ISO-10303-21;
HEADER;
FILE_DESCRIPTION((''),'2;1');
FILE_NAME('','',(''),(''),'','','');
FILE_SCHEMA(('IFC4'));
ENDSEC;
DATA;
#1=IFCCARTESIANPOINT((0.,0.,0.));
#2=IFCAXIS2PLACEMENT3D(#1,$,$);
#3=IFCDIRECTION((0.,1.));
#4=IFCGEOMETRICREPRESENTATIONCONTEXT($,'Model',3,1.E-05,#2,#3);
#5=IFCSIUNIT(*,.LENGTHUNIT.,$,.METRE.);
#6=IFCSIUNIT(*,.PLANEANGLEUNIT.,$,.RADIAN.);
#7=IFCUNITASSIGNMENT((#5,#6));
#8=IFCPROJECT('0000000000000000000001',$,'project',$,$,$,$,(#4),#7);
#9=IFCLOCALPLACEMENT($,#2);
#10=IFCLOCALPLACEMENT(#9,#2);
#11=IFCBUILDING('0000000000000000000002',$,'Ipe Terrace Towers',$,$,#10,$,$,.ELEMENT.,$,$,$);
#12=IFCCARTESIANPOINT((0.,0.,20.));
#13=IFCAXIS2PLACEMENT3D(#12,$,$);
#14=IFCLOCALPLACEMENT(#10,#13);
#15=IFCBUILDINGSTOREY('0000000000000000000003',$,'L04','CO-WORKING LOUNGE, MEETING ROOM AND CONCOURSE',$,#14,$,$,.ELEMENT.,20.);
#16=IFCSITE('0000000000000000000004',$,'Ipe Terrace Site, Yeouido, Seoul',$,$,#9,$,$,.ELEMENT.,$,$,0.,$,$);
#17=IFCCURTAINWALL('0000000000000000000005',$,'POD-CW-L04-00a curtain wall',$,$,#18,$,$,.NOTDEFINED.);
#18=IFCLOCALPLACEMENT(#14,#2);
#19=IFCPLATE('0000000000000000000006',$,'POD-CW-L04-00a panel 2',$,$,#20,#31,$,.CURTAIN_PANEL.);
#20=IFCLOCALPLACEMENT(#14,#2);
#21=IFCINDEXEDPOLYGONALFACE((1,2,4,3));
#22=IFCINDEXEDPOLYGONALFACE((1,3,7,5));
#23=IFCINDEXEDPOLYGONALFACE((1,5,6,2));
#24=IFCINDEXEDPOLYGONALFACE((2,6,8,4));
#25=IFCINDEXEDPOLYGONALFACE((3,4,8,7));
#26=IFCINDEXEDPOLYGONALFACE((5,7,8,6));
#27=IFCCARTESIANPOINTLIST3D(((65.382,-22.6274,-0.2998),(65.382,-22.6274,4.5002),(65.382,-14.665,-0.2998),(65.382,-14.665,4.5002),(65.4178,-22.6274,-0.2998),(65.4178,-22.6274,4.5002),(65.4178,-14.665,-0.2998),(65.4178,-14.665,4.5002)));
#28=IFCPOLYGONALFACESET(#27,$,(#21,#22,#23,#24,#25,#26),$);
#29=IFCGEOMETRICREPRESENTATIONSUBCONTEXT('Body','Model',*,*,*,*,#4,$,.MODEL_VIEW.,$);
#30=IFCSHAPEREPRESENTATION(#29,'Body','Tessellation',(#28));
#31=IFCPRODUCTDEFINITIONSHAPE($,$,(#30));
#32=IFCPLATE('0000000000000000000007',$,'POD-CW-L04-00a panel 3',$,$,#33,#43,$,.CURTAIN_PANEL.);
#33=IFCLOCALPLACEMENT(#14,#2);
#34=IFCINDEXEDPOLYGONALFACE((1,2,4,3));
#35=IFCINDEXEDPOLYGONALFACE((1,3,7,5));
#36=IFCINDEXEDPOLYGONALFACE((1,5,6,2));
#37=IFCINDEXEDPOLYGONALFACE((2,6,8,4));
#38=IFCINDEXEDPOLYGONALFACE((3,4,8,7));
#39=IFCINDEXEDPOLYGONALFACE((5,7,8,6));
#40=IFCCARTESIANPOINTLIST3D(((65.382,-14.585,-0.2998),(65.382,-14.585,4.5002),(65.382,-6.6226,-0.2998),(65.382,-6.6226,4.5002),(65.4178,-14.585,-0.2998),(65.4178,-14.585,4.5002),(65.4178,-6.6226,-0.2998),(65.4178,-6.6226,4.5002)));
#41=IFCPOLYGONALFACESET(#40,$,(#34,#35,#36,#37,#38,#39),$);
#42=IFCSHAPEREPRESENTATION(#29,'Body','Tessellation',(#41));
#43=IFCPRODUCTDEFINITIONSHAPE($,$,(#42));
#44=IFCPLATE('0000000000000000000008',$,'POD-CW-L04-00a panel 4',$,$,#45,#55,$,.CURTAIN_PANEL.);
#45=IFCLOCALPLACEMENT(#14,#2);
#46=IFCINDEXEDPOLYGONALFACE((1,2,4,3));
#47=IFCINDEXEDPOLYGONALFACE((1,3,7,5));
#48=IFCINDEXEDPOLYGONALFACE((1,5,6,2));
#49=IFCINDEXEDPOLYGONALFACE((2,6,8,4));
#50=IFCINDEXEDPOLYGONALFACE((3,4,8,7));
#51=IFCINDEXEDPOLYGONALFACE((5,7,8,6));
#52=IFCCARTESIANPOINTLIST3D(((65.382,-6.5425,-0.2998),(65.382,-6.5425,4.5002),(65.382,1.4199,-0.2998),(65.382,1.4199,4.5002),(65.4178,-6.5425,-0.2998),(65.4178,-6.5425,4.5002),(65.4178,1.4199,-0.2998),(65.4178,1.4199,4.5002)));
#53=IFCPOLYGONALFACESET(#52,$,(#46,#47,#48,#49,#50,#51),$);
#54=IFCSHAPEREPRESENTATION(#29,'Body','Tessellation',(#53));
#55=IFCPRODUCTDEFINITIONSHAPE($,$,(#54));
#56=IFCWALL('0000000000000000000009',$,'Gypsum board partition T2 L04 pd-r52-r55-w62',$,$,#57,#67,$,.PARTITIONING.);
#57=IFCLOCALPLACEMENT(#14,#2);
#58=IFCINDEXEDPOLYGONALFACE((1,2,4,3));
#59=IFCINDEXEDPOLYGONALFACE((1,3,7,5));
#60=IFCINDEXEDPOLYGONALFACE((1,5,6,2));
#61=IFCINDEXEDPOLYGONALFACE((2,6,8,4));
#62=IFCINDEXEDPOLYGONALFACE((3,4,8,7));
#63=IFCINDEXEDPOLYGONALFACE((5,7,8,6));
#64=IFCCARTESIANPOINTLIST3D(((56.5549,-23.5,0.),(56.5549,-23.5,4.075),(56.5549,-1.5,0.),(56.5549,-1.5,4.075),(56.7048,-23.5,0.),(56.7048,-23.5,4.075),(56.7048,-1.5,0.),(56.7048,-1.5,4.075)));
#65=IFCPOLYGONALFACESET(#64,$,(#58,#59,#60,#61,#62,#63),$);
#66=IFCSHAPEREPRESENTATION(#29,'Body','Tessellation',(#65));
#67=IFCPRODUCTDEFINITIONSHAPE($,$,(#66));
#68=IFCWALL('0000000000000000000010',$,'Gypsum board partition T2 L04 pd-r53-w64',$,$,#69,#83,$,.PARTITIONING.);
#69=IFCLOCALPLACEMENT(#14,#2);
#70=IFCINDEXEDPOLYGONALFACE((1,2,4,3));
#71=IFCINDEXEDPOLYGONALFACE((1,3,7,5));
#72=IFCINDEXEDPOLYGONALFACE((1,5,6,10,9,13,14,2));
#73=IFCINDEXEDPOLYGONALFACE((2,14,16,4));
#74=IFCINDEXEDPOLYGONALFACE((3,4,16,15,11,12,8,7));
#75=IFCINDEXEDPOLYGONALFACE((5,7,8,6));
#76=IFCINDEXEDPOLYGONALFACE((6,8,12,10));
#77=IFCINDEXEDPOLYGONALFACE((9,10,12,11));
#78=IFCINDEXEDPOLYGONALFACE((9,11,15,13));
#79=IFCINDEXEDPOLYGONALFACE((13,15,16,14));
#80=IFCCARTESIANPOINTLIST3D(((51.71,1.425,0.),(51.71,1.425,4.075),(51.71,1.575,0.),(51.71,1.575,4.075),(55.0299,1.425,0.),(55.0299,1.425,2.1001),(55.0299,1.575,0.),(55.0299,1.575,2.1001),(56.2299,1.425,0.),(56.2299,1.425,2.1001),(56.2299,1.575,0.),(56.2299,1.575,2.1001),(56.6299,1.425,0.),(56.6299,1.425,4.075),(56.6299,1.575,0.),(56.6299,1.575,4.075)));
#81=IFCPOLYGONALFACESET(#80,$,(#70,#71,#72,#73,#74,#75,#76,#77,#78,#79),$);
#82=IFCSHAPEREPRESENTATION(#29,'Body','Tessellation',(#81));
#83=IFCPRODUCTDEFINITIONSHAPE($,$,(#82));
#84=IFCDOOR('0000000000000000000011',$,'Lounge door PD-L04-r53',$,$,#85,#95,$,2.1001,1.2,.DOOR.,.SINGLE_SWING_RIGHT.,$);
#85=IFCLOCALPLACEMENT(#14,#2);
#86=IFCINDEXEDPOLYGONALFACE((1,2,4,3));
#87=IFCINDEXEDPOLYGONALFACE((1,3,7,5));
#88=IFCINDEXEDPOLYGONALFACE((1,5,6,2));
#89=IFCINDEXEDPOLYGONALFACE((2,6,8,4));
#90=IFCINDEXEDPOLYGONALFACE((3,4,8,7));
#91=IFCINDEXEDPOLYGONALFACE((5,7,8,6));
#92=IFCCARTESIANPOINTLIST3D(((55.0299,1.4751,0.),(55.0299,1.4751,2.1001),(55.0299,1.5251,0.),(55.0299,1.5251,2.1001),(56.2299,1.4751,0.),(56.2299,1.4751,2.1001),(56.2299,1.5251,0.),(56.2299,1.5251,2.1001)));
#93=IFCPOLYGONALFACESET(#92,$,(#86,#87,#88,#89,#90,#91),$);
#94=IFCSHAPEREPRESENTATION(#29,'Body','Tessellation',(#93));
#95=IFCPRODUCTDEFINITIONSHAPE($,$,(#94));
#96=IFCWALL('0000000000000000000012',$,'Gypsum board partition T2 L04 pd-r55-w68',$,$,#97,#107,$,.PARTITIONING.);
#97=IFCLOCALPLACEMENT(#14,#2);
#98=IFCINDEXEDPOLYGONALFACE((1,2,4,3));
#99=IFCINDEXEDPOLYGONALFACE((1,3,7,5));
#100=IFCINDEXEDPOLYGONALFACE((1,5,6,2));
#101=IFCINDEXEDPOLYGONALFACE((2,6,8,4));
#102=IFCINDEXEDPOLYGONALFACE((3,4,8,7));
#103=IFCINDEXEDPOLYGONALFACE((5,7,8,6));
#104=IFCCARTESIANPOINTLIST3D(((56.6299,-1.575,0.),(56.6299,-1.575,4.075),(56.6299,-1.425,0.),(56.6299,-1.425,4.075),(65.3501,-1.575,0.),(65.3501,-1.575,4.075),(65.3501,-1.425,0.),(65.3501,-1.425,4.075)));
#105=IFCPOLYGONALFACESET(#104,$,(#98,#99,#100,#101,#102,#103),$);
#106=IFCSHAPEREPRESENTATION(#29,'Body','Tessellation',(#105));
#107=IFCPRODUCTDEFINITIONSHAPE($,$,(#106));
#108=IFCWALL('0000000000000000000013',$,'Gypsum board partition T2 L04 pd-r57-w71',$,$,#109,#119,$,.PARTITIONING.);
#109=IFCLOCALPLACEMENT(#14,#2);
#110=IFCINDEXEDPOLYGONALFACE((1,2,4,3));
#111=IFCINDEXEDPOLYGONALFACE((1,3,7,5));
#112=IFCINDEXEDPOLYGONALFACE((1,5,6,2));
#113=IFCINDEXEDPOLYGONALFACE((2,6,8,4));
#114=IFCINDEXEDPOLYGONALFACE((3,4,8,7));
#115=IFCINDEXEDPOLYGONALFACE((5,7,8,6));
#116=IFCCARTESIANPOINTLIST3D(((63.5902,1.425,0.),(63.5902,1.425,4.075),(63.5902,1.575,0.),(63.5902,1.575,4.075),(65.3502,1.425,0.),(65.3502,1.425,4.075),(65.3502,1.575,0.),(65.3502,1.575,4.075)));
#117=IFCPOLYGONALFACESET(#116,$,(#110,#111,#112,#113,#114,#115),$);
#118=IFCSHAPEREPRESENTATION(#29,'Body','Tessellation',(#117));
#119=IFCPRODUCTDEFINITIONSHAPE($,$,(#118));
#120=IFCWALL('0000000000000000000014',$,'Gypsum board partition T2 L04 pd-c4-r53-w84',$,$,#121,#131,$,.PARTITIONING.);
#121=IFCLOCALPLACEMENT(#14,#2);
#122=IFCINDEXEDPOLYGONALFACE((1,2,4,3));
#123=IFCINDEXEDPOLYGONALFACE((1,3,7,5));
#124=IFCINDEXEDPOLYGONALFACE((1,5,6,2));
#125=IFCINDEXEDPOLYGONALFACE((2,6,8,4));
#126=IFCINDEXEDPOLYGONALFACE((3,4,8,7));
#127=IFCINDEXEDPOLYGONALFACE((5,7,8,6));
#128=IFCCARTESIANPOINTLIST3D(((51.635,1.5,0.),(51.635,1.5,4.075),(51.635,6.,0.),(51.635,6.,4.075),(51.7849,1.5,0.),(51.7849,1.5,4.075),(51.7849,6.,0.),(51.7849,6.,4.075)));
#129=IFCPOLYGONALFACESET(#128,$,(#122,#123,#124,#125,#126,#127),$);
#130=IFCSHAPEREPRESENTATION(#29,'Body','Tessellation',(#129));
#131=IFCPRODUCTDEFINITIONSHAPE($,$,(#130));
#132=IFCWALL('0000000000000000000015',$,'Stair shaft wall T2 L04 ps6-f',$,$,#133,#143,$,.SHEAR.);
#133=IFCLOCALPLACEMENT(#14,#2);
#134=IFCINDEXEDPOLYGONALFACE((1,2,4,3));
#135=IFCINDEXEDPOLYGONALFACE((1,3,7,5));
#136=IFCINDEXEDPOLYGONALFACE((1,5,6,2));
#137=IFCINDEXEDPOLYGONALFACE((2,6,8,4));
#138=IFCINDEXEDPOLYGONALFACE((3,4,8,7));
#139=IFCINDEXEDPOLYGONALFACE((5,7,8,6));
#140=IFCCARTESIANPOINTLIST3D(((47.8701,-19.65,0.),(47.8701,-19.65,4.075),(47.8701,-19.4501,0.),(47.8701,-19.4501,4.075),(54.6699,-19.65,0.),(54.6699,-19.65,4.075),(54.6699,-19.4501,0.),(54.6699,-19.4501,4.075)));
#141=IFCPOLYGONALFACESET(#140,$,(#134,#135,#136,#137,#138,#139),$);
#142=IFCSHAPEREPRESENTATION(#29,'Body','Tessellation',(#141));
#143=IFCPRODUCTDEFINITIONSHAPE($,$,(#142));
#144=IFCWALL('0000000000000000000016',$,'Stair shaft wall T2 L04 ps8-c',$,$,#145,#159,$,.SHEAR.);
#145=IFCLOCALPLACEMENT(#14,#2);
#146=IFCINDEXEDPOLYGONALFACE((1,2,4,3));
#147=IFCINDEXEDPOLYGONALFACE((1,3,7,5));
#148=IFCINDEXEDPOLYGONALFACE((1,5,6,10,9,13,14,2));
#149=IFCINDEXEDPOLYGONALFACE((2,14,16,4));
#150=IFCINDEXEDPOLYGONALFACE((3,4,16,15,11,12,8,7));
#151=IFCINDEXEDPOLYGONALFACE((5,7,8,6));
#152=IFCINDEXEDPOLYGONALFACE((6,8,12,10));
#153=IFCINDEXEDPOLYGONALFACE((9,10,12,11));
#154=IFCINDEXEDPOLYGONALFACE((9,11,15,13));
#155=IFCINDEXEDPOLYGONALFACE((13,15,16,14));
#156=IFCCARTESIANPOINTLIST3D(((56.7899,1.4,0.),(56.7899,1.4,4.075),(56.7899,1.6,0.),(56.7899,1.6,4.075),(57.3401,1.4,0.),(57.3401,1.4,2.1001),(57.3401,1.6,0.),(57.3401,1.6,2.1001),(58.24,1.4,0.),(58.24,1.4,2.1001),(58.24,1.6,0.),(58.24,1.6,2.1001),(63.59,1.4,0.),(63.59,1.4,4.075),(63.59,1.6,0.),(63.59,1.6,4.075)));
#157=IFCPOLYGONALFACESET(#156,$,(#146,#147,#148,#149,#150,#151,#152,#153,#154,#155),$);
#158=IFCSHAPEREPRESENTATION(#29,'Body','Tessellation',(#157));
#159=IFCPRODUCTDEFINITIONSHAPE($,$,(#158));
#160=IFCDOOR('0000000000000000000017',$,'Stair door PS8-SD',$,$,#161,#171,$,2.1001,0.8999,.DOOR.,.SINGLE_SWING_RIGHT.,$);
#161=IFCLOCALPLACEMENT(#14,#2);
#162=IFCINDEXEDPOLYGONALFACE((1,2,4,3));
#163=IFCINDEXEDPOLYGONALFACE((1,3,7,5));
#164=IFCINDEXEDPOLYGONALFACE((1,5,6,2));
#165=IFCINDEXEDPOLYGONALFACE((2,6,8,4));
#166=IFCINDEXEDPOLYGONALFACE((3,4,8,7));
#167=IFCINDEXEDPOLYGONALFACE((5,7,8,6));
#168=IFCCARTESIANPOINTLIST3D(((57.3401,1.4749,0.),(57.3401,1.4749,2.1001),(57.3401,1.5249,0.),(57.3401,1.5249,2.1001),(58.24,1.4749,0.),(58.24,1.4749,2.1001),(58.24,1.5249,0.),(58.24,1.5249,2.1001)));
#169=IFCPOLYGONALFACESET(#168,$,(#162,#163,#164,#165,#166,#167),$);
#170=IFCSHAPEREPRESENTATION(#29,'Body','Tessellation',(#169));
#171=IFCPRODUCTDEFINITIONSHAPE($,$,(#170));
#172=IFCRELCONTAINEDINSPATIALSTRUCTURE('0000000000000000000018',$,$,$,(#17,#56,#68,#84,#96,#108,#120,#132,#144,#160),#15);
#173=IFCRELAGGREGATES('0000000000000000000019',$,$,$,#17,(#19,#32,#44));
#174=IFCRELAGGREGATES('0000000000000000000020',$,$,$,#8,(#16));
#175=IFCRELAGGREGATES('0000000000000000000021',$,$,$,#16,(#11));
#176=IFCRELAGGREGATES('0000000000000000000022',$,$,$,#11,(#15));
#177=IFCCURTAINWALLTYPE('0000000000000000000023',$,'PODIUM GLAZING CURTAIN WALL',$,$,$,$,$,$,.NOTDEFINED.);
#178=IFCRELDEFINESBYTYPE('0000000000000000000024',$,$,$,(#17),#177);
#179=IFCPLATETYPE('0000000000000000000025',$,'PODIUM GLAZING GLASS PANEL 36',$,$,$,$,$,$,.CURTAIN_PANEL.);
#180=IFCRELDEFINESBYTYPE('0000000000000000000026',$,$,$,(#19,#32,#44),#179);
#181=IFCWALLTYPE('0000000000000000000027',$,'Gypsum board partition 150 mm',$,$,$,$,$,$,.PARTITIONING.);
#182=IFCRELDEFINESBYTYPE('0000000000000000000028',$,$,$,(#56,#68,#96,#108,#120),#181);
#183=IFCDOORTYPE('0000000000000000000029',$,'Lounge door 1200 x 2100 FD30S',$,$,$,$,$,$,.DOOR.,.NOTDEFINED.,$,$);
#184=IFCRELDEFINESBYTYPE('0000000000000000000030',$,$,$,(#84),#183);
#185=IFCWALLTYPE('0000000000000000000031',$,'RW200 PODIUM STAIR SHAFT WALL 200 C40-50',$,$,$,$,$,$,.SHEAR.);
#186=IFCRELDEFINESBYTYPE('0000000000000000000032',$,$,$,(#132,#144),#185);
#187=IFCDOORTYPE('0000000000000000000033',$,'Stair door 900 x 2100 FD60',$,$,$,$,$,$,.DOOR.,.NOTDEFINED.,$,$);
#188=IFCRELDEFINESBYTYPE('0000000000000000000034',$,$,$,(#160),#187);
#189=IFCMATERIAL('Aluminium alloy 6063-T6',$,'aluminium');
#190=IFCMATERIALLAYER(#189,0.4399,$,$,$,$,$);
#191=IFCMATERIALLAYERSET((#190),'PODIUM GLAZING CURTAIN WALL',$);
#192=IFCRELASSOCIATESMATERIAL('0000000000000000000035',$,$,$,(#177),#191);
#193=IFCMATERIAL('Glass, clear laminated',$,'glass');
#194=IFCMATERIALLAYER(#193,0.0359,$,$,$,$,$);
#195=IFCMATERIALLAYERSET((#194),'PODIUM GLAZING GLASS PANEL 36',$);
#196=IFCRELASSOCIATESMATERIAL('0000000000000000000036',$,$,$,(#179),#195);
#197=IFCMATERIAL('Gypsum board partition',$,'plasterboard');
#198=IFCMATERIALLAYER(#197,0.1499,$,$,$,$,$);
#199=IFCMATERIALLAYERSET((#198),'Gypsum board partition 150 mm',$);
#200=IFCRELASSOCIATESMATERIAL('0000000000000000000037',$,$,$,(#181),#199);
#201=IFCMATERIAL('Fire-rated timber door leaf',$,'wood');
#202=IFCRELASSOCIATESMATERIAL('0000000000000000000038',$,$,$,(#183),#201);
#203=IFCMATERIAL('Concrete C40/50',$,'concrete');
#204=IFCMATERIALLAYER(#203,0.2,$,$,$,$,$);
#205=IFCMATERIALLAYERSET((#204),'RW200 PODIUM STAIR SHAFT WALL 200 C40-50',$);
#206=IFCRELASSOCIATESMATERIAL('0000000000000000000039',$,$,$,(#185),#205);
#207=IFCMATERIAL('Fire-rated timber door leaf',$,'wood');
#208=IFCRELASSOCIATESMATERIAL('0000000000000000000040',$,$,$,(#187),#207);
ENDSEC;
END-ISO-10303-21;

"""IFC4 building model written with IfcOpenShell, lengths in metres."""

from ifc_helpers import new_model, si_unit, direction, frame, frame_2d, origin, origin_2d, place, context, subcontext, project, spatial, rectangle, extrude, material, layer, layer_set, type_object, element, fill, aggregate, save


model = new_model("IFC4")

# Units and contexts
model_context = context("Model", 3, precision=1e-05, world=origin(), true_north=direction((0.0, 1.0)))
body_context = subcontext(model_context, "Body", "Model", "MODEL_VIEW")
ifc_project = project(units=[si_unit("LENGTHUNIT", "METRE"), si_unit("PLANEANGLEUNIT", "RADIAN")], contexts=[model_context])

# Site, building, storey
site_placement = place(None, origin())
site = spatial("IfcSite", under=ifc_project, at=site_placement, Name="Ipe Terrace Site, Yeouido, Seoul", CompositionType="ELEMENT", RefElevation=0.0)
building_placement = place(site_placement, origin())
building = spatial("IfcBuilding", under=site, at=building_placement, Name="Ipe Terrace Towers", CompositionType="ELEMENT")
storey_placement = place(building_placement, frame((0.0, 0.0, 20.0)))
storey = spatial("IfcBuildingStorey", under=building, at=storey_placement, Name="L04", Description="CO-WORKING LOUNGE, MEETING ROOM AND CONCOURSE", CompositionType="ELEMENT", Elevation=20.0)

# Curtain wall, plates
ifc_material_1 = material(Name="Aluminium alloy 6063-T6", Category="aluminium")
ifc_layer_1 = layer(ifc_material_1, 0.4399)
ifc_layer_set_1 = layer_set([ifc_layer_1], Name="PODIUM GLAZING CURTAIN WALL")
curtain_wall_type = type_object("IfcCurtainWallType", Name="PODIUM GLAZING CURTAIN WALL", PredefinedType="NOTDEFINED", material=ifc_layer_set_1)
curtain_wall_placement = place(storey_placement, origin())
curtain_wall = element("IfcCurtainWall", 1, at=curtain_wall_placement, inside=storey, type_object=curtain_wall_type, Name="POD-CW-L04-00a curtain wall", PredefinedType="NOTDEFINED")
ifc_material_2 = material(Name="Glass, clear laminated", Category="glass")
ifc_layer_2 = layer(ifc_material_2, 0.0359)
ifc_layer_set_2 = layer_set([ifc_layer_2], Name="PODIUM GLAZING GLASS PANEL 36")
plate_type = type_object("IfcPlateType", Name="PODIUM GLAZING GLASS PANEL 36", PredefinedType="CURTAIN_PANEL", material=ifc_layer_set_2)
plate_1_placement = place(storey_placement, frame((65.3999, -18.6462, -0.2998), z_axis=(0.0, 0.0, 1.0), x_axis=(0.0, 1.0, 0.0)))
plate_1 = element("IfcPlate", 2, at=plate_1_placement, type_object=plate_type, Name="POD-CW-L04-00a panel 2", PredefinedType="CURTAIN_PANEL", context=body_context, shape_type="SweptSolid", body=[
    extrude(rectangle(XDim=7.9624, YDim=0.0359, at=origin_2d()), origin(), (0.0, 0.0, 1.0), 4.8),
])
plate_2_placement = place(storey_placement, frame((65.3999, -10.6038, -0.2998), z_axis=(0.0, 0.0, 1.0), x_axis=(0.0, 1.0, 0.0)))
plate_2 = element("IfcPlate", 3, at=plate_2_placement, type_object=plate_type, Name="POD-CW-L04-00a panel 3", PredefinedType="CURTAIN_PANEL", context=body_context, shape_type="SweptSolid", body=[
    extrude(rectangle(XDim=7.9624, YDim=0.0359, at=origin_2d()), origin(), (0.0, 0.0, 1.0), 4.8),
])
plate_3_placement = place(storey_placement, frame((65.3999, -2.5613, -0.2998), z_axis=(0.0, 0.0, 1.0), x_axis=(0.0, 1.0, 0.0)))
plate_3 = element("IfcPlate", 4, at=plate_3_placement, type_object=plate_type, Name="POD-CW-L04-00a panel 4", PredefinedType="CURTAIN_PANEL", context=body_context, shape_type="SweptSolid", body=[
    extrude(rectangle(XDim=7.9624, YDim=0.0359, at=origin_2d()), origin(), (0.0, 0.0, 1.0), 4.8),
])
aggregate(curtain_wall, [plate_1, plate_2, plate_3])

# Wall
ifc_material_3 = material(Name="Gypsum board partition", Category="plasterboard")
ifc_layer_3 = layer(ifc_material_3, 0.1499)
ifc_layer_set_3 = layer_set([ifc_layer_3], Name="Gypsum board partition 150 mm")
wall_type_1 = type_object("IfcWallType", Name="Gypsum board partition 150 mm", PredefinedType="PARTITIONING", material=ifc_layer_set_3)
wall_1_placement = place(storey_placement, frame((56.6299, -1.5, 0.0), z_axis=(0.0, 0.0, 1.0), x_axis=(0.0, -1.0, 0.0)))
element("IfcWall", 5, at=wall_1_placement, inside=storey, type_object=wall_type_1, Name="Gypsum board partition T2 L04 pd-r52-r55-w62", PredefinedType="PARTITIONING", context=body_context, shape_type="SweptSolid", body=[
    extrude(rectangle(XDim=22.0, YDim=0.1499, at=frame_2d((11.0, 0.0))), origin(), (0.0, 0.0, 1.0), 4.075),
])

# Wall, opening, door
wall_2_placement = place(storey_placement, frame((56.6299, 1.5, 0.0), z_axis=(0.0, 0.0, 1.0), x_axis=(-1.0, 0.0, 0.0)))
wall_2 = element("IfcWall", 6, at=wall_2_placement, inside=storey, type_object=wall_type_1, Name="Gypsum board partition T2 L04 pd-r53-w64", PredefinedType="PARTITIONING", context=body_context, shape_type="SweptSolid", body=[
    extrude(rectangle(XDim=4.9199, YDim=0.1499, at=frame_2d((2.46, 0.0))), origin(), (0.0, 0.0, 1.0), 4.075),
])
opening_1_placement = place(wall_2_placement, frame((0.3999, 0.0, 0.0)))
opening_1 = element("IfcOpeningElement", 7, at=opening_1_placement, cuts=wall_2, PredefinedType="OPENING", context=body_context, shape_type="SweptSolid", body=[
    extrude(rectangle(XDim=1.2, YDim=2.1001, at=frame_2d((0.6001, 1.05))), frame((0.0, 0.085, 0.0), z_axis=(0.0, -1.0, 0.0), x_axis=(1.0, 0.0, 0.0)), (0.0, 0.0, 1.0), 0.1699),
])
ifc_material_4 = material(Name="Fire-rated timber door leaf", Category="wood")
door_type_1 = type_object("IfcDoorType", Name="Lounge door 1200 x 2100 FD30S", OperationType="NOTDEFINED", PredefinedType="DOOR", material=ifc_material_4)
door_1_placement = place(opening_1_placement, origin())
door_1 = element("IfcDoor", 8, at=door_1_placement, inside=storey, type_object=door_type_1, Name="Lounge door PD-L04-r53", OperationType="SINGLE_SWING_RIGHT", OverallHeight=2.1001, OverallWidth=1.2, PredefinedType="DOOR", context=body_context, shape_type="SweptSolid", body=[
    extrude(rectangle(XDim=1.2, YDim=2.1001, at=frame_2d((0.6001, 1.05))), frame((0.0, 0.0249, 0.0), z_axis=(0.0, -1.0, 0.0), x_axis=(1.0, 0.0, 0.0)), (0.0, 0.0, 1.0), 0.05),
])
fill(opening_1, door_1)

# Walls
wall_3_placement = place(storey_placement, frame((56.6299, -1.5, 0.0), z_axis=(0.0, 0.0, 1.0), x_axis=(1.0, 0.0, 0.0)))
element("IfcWall", 9, at=wall_3_placement, inside=storey, type_object=wall_type_1, Name="Gypsum board partition T2 L04 pd-r55-w68", PredefinedType="PARTITIONING", context=body_context, shape_type="SweptSolid", body=[
    extrude(rectangle(XDim=8.7202, YDim=0.1499, at=frame_2d((4.3601, 0.0))), origin(), (0.0, 0.0, 1.0), 4.075),
])
wall_4_placement = place(storey_placement, frame((65.3501, 1.5, 0.0), z_axis=(0.0, 0.0, 1.0), x_axis=(-1.0, 0.0, 0.0)))
element("IfcWall", 10, at=wall_4_placement, inside=storey, type_object=wall_type_1, Name="Gypsum board partition T2 L04 pd-r57-w71", PredefinedType="PARTITIONING", context=body_context, shape_type="SweptSolid", body=[
    extrude(rectangle(XDim=1.76, YDim=0.1499, at=frame_2d((0.8799, 0.0))), origin(), (0.0, 0.0, 1.0), 4.075),
])
wall_5_placement = place(storey_placement, frame((51.71, 1.5, 0.0), z_axis=(0.0, 0.0, 1.0), x_axis=(0.0, 1.0, 0.0)))
element("IfcWall", 11, at=wall_5_placement, inside=storey, type_object=wall_type_1, Name="Gypsum board partition T2 L04 pd-c4-r53-w84", PredefinedType="PARTITIONING", context=body_context, shape_type="SweptSolid", body=[
    extrude(rectangle(XDim=4.5, YDim=0.1499, at=frame_2d((2.25, 0.0))), origin(), (0.0, 0.0, 1.0), 4.075),
])
ifc_material_5 = material(Name="Concrete C40/50", Category="concrete")
ifc_layer_4 = layer(ifc_material_5, 0.2)
ifc_layer_set_4 = layer_set([ifc_layer_4], Name="RW200 PODIUM STAIR SHAFT WALL 200 C40-50")
wall_type_2 = type_object("IfcWallType", Name="RW200 PODIUM STAIR SHAFT WALL 200 C40-50", PredefinedType="SHEAR", material=ifc_layer_set_4)
wall_6_placement = place(storey_placement, frame((47.8701, -19.55, 0.0), z_axis=(0.0, 0.0, 1.0), x_axis=(1.0, 0.0, 0.0)))
element("IfcWall", 12, at=wall_6_placement, inside=storey, type_object=wall_type_2, Name="Stair shaft wall T2 L04 ps6-f", PredefinedType="SHEAR", context=body_context, shape_type="SweptSolid", body=[
    extrude(rectangle(XDim=6.7998, YDim=0.2, at=frame_2d((3.3999, 0.0))), origin(), (0.0, 0.0, 1.0), 4.075),
])

# Wall, opening, door
wall_7_placement = place(storey_placement, frame((56.79, 1.5, 0.0), z_axis=(0.0, 0.0, 1.0), x_axis=(1.0, 0.0, 0.0)))
wall_7 = element("IfcWall", 13, at=wall_7_placement, inside=storey, type_object=wall_type_2, Name="Stair shaft wall T2 L04 ps8-c", PredefinedType="SHEAR", context=body_context, shape_type="SweptSolid", body=[
    extrude(rectangle(XDim=6.8, YDim=0.2, at=frame_2d((3.3999, 0.0))), origin(), (0.0, 0.0, 1.0), 4.075),
])
opening_2_placement = place(wall_7_placement, frame((0.55, 0.0, 0.0)))
opening_2 = element("IfcOpeningElement", 14, at=opening_2_placement, cuts=wall_7, PredefinedType="OPENING", context=body_context, shape_type="SweptSolid", body=[
    extrude(rectangle(XDim=0.8999, YDim=2.1001, at=frame_2d((0.45, 1.05))), frame((0.0, 0.1099, 0.0), z_axis=(0.0, -1.0, 0.0), x_axis=(1.0, 0.0, 0.0)), (0.0, 0.0, 1.0), 0.22),
])
ifc_material_6 = material(Name="Fire-rated timber door leaf", Category="wood")
door_type_2 = type_object("IfcDoorType", Name="Stair door 900 x 2100 FD60", OperationType="NOTDEFINED", PredefinedType="DOOR", material=ifc_material_6)
door_2_placement = place(opening_2_placement, origin())
door_2 = element("IfcDoor", 15, at=door_2_placement, inside=storey, type_object=door_type_2, Name="Stair door PS8-SD", OperationType="SINGLE_SWING_RIGHT", OverallHeight=2.1001, OverallWidth=0.8999, PredefinedType="DOOR", context=body_context, shape_type="SweptSolid", body=[
    extrude(rectangle(XDim=0.8999, YDim=2.1001, at=frame_2d((0.45, 1.05))), frame((0.0, 0.0249, 0.0), z_axis=(0.0, -1.0, 0.0), x_axis=(1.0, 0.0, 0.0)), (0.0, 0.0, 1.0), 0.05),
])
fill(opening_2, door_2)

save(model, "model.ifc")
